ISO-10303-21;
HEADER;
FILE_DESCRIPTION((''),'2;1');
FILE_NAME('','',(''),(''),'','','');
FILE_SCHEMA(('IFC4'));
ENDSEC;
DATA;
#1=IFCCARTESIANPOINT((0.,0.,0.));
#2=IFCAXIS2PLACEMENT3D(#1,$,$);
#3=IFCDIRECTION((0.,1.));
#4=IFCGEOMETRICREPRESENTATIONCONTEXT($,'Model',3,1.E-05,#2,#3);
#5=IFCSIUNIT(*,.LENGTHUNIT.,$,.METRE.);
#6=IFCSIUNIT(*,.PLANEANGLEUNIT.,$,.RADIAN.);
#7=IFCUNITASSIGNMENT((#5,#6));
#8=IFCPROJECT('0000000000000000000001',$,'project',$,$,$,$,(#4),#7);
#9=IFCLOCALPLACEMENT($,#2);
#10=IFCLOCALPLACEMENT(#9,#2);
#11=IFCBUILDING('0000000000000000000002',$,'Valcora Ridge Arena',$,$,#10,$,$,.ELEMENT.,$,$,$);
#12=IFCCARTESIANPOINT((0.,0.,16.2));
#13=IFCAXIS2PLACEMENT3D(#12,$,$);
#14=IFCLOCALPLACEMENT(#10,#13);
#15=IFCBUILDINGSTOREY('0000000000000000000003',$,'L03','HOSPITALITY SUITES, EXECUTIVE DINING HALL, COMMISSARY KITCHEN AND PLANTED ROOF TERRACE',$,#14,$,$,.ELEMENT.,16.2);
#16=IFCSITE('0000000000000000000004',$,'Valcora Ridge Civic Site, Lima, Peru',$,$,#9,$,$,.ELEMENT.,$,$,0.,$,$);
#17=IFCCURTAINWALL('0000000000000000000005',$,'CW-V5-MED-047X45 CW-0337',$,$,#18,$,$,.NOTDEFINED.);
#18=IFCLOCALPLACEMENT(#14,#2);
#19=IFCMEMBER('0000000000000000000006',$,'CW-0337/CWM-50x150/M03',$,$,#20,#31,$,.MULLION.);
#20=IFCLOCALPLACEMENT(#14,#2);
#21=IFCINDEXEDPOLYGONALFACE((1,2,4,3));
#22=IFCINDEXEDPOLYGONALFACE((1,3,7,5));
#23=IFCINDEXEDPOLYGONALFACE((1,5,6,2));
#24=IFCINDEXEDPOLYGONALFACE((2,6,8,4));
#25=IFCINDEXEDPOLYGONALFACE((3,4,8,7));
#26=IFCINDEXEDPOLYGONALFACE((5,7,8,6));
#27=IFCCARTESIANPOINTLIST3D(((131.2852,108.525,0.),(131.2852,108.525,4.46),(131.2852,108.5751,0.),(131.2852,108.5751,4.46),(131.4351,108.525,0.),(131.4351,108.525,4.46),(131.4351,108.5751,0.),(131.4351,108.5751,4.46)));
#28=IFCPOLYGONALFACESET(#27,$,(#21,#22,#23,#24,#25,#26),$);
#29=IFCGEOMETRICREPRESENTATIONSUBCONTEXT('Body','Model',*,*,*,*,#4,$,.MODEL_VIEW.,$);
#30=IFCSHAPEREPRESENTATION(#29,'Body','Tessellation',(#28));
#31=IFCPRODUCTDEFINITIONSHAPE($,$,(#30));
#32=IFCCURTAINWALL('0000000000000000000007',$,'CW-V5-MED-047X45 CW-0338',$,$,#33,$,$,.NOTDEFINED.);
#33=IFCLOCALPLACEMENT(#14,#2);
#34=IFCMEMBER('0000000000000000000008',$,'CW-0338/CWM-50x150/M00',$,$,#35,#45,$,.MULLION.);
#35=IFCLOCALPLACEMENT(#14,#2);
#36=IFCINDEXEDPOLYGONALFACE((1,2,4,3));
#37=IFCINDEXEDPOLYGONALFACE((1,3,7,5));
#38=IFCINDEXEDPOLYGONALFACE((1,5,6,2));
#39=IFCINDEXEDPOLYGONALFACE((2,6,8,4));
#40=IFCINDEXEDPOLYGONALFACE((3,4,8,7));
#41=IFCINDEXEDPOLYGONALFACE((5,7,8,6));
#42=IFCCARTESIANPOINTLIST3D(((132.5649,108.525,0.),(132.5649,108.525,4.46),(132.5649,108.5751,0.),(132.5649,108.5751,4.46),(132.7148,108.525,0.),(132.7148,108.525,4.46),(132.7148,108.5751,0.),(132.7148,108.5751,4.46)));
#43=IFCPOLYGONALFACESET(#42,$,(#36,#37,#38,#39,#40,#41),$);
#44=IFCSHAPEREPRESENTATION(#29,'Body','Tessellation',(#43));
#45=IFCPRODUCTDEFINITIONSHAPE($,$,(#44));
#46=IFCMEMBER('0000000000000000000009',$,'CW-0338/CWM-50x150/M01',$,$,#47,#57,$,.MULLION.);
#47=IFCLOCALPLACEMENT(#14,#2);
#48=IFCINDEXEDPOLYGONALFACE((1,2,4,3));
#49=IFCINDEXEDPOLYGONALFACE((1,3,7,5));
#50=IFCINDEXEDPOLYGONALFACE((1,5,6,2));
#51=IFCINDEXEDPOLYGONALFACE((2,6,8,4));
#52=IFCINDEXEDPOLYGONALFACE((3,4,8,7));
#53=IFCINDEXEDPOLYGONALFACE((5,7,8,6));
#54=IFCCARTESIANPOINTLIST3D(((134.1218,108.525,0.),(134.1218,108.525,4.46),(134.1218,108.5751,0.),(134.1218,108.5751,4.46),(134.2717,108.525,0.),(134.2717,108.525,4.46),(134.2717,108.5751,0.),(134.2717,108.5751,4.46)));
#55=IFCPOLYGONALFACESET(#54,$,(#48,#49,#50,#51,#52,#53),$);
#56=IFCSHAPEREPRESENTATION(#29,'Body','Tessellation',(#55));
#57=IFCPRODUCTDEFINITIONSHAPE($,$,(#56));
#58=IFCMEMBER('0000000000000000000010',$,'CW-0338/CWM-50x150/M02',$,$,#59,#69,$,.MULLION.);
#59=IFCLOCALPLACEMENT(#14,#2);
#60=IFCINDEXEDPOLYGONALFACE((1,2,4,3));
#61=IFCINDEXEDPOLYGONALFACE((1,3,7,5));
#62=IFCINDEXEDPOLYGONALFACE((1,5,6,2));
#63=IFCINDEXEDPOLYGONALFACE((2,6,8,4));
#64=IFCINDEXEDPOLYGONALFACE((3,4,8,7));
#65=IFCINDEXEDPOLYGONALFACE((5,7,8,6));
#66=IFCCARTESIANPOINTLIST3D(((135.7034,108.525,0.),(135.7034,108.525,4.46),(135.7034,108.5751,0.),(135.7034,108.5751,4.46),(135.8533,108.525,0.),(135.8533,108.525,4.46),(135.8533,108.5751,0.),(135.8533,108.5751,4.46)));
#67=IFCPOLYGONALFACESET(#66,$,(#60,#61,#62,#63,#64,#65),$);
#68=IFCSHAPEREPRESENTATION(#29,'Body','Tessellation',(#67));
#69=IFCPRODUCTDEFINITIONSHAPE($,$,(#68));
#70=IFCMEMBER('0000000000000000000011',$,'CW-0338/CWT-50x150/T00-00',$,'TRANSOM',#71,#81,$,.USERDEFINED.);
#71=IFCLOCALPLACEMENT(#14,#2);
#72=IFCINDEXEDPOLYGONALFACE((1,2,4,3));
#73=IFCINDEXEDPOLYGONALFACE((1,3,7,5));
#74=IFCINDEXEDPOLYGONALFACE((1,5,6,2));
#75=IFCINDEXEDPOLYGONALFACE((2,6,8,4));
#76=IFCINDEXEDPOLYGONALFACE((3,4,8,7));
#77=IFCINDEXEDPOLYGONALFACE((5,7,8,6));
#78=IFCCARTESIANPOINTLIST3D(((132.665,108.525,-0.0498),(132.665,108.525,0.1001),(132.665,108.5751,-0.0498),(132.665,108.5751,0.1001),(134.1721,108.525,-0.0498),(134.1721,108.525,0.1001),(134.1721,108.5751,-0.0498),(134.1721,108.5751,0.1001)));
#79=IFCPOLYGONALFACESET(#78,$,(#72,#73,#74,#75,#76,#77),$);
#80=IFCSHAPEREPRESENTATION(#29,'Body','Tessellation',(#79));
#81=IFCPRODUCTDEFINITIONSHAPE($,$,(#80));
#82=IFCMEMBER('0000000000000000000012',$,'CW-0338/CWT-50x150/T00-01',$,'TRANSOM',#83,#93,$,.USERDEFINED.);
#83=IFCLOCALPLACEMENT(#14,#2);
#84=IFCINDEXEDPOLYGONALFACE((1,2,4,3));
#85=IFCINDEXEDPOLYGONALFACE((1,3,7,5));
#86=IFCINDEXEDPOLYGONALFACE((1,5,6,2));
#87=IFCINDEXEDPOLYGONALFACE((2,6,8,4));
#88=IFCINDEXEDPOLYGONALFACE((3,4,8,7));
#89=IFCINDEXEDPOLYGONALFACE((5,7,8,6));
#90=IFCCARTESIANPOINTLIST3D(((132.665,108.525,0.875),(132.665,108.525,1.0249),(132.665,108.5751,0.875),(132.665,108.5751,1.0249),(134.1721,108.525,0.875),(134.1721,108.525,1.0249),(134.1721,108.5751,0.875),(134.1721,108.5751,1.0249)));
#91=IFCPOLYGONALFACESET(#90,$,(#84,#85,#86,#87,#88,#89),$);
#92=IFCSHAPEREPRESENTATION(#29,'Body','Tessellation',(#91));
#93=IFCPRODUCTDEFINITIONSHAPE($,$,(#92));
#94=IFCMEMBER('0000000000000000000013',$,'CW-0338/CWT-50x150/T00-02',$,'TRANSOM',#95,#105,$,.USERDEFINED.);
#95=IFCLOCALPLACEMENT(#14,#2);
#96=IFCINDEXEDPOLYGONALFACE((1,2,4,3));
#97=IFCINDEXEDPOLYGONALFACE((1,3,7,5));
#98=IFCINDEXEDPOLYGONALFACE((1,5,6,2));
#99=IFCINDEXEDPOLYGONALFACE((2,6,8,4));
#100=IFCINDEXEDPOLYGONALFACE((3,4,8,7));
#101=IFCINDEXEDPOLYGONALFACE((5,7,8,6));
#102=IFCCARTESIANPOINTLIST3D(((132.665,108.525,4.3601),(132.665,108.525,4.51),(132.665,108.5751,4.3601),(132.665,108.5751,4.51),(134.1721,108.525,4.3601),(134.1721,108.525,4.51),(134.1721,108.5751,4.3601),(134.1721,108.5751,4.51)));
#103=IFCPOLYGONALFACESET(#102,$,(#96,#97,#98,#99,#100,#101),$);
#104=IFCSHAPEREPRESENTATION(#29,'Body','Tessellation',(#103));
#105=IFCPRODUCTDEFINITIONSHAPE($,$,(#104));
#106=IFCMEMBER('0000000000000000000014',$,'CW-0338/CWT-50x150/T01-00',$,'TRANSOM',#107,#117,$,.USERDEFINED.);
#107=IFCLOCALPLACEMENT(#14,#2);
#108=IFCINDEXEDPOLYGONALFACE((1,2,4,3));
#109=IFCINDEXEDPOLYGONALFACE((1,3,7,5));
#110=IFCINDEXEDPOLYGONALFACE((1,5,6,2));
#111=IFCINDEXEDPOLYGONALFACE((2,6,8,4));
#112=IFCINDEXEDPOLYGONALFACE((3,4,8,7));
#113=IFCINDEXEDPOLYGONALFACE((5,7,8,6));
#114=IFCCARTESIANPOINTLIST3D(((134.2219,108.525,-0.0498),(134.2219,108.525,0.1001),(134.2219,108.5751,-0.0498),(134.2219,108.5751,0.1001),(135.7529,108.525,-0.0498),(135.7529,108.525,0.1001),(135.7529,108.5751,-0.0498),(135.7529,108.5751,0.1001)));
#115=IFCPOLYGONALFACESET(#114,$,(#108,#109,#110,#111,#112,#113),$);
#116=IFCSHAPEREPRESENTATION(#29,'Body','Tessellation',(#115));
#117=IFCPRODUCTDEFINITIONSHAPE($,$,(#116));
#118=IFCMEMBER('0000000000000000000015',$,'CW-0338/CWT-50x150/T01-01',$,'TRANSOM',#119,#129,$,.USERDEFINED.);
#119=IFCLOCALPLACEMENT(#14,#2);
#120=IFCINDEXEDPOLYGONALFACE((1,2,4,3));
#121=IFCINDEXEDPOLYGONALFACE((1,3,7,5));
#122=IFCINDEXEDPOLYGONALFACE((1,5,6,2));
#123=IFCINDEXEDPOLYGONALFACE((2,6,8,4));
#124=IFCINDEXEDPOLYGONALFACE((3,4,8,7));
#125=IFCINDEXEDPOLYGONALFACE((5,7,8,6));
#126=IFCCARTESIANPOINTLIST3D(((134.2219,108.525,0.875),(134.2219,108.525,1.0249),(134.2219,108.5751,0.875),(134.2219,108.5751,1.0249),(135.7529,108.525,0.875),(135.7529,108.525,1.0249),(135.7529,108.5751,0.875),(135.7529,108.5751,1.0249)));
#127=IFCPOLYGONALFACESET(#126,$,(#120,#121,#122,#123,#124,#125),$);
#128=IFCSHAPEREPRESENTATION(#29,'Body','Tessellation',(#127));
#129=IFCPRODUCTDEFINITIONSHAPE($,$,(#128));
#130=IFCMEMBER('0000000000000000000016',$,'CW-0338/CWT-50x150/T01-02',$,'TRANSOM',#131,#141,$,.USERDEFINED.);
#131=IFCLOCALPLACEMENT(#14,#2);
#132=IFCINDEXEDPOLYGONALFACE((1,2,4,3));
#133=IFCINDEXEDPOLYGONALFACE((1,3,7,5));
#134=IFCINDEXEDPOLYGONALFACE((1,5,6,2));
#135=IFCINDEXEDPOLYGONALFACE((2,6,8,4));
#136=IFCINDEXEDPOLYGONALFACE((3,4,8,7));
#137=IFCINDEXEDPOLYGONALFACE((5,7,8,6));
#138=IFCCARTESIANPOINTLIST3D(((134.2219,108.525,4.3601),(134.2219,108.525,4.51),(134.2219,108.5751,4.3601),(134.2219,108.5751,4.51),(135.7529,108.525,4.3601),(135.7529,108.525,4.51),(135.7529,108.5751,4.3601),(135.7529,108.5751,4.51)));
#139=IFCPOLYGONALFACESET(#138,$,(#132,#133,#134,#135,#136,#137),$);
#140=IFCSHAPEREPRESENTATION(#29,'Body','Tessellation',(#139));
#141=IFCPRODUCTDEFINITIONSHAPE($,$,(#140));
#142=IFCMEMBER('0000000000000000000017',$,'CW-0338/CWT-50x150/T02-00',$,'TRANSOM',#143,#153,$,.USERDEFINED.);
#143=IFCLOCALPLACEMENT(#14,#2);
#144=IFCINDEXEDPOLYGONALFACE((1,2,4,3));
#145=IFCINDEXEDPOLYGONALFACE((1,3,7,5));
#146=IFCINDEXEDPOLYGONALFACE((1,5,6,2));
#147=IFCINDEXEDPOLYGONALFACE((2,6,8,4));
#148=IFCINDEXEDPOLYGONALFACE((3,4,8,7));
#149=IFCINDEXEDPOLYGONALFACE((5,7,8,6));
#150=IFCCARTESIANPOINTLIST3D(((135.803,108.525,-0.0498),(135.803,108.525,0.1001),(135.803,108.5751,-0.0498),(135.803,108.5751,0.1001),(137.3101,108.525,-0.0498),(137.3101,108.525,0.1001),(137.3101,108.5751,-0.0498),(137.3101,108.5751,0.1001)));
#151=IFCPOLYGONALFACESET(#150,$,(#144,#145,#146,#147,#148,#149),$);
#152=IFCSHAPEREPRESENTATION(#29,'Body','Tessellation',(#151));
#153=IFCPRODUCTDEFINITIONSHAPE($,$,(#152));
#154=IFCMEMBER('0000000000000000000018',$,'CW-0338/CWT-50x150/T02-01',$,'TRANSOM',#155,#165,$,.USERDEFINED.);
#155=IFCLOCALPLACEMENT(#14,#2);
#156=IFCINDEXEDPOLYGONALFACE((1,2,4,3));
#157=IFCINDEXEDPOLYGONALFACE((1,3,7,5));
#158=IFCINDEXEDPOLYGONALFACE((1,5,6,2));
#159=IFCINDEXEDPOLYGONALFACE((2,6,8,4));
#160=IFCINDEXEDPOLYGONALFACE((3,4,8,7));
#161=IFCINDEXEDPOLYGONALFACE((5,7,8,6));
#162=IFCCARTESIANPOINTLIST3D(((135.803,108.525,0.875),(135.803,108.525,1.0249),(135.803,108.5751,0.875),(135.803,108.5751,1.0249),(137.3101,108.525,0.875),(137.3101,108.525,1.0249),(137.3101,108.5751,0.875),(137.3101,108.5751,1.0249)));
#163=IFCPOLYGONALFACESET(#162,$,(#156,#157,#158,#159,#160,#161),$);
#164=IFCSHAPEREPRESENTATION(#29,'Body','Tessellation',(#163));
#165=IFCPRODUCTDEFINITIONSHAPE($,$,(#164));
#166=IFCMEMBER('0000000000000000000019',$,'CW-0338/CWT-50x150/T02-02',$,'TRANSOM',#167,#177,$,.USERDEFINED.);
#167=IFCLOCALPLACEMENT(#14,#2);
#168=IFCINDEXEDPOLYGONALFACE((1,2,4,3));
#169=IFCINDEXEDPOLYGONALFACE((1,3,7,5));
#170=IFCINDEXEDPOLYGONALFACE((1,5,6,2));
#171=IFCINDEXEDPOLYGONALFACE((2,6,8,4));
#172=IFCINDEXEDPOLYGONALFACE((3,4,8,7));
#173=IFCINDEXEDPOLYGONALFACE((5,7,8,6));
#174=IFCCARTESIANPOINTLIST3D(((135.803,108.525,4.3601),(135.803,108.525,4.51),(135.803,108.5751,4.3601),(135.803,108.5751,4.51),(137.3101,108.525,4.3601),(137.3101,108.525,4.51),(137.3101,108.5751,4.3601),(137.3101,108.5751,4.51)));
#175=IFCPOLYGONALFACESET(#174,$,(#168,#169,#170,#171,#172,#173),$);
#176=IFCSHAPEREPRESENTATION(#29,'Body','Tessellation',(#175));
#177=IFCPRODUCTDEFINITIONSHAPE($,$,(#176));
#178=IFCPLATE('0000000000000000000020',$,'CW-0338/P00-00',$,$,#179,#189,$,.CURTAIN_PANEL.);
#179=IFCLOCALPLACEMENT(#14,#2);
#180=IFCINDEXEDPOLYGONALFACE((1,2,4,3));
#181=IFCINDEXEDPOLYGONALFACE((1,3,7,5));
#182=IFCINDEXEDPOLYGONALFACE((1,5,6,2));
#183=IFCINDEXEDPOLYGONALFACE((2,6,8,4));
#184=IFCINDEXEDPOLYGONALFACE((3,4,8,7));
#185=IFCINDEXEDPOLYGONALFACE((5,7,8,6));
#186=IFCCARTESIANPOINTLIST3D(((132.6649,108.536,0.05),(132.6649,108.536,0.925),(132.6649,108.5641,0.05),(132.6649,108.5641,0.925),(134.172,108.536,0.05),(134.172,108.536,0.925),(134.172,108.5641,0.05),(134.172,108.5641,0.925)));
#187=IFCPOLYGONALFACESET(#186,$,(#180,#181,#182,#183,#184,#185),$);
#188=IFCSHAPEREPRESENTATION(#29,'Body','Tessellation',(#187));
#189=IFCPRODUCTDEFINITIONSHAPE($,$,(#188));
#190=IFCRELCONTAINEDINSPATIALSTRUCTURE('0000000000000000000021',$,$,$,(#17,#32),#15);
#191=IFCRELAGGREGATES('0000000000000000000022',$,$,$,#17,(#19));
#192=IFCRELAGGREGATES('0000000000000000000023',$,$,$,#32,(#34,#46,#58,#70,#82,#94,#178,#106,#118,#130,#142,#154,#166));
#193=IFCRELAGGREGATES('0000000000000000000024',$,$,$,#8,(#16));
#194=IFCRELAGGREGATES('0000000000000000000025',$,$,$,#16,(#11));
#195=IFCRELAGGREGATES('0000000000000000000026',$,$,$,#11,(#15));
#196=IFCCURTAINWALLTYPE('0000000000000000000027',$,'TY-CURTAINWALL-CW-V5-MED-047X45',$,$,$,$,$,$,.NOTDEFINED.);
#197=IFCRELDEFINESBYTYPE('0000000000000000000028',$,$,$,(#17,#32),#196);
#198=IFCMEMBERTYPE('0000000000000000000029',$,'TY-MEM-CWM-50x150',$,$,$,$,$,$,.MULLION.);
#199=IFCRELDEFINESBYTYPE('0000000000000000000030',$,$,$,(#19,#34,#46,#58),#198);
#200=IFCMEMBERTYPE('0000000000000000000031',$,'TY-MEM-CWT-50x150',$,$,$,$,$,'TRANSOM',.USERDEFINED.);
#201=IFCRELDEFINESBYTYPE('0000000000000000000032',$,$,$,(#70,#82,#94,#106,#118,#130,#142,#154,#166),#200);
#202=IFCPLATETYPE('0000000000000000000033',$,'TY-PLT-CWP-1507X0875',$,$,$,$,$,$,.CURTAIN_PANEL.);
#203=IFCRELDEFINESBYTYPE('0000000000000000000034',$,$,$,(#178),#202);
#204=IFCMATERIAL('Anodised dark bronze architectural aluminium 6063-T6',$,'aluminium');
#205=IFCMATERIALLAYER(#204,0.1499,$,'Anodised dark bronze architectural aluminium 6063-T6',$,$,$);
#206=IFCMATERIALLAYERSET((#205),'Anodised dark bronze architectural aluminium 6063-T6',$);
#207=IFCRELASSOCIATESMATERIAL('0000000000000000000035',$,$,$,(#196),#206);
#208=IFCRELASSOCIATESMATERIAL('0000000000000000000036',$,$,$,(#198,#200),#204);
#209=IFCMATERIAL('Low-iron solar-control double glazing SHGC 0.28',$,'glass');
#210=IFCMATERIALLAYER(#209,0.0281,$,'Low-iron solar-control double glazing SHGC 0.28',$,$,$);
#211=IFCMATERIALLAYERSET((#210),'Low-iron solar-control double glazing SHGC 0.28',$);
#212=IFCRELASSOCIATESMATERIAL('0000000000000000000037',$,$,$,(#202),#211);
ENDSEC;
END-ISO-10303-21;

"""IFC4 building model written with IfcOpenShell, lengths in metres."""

from ifc_helpers import new_model, si_unit, direction, frame, origin, origin_2d, place, context, subcontext, project, spatial, rectangle, extrude, material, layer, layer_set, material_profile, profile_set, type_object, element, aggregate, save


model = new_model("IFC4")

# Units and contexts
model_context = context("Model", 3, precision=1e-05, world=origin(), true_north=direction((0.0, 1.0)))
body_context = subcontext(model_context, "Body", "Model", "MODEL_VIEW")
ifc_project = project(units=[si_unit("LENGTHUNIT", "METRE"), si_unit("PLANEANGLEUNIT", "RADIAN")], contexts=[model_context])

# Site, building, storey
site_placement = place(None, origin())
site = spatial("IfcSite", under=ifc_project, at=site_placement, Name="Valcora Ridge Civic Site, Lima, Peru", CompositionType="ELEMENT", RefElevation=0.0)
building_placement = place(site_placement, origin())
building = spatial("IfcBuilding", under=site, at=building_placement, Name="Valcora Ridge Arena", CompositionType="ELEMENT")
storey_placement = place(building_placement, frame((0.0, 0.0, 16.2)))
storey = spatial("IfcBuildingStorey", under=building, at=storey_placement, Name="L03", Description="HOSPITALITY SUITES, EXECUTIVE DINING HALL, COMMISSARY KITCHEN AND PLANTED ROOF TERRACE", CompositionType="ELEMENT", Elevation=16.2)

# Curtain wall, member
ifc_material_1 = material(Name="Anodised dark bronze architectural aluminium 6063-T6", Category="aluminium")
ifc_layer_1 = layer(ifc_material_1, 0.1499, Name="Anodised dark bronze architectural aluminium 6063-T6")
ifc_layer_set_1 = layer_set([ifc_layer_1], Name="Anodised dark bronze architectural aluminium 6063-T6")
curtain_wall_type = type_object("IfcCurtainWallType", Name="TY-CURTAINWALL-CW-V5-MED-047X45", PredefinedType="NOTDEFINED", material=ifc_layer_set_1)
curtain_wall_1_placement = place(storey_placement, origin())
curtain_wall_1 = element("IfcCurtainWall", 1, at=curtain_wall_1_placement, inside=storey, type_object=curtain_wall_type, Name="CW-V5-MED-047X45 CW-0337", PredefinedType="NOTDEFINED")
ifc_material_profile_1 = material_profile(ifc_material_1, rectangle(XDim=0.05, YDim=0.1499, at=origin_2d()), Name="ALU MULLION 50x150")
ifc_profile_set_1 = profile_set([ifc_material_profile_1], Name="Anodised dark bronze architectural aluminium 6063-T6")
member_type_1 = type_object("IfcMemberType", Name="TY-MEM-CWM-50x150", PredefinedType="MULLION", material=ifc_profile_set_1)
member_1_placement = place(storey_placement, frame((131.3601, 108.55, 0.0), z_axis=(0.0, 0.0, 1.0), x_axis=(0.0, 1.0, 0.0)))
member_1 = element("IfcMember", 2, at=member_1_placement, type_object=member_type_1, Name="CW-0337/CWM-50x150/M03", PredefinedType="MULLION", context=body_context, shape_type="SweptSolid", body=[
    extrude(rectangle(XDim=0.05, YDim=0.1499, at=origin_2d()), origin(), (0.0, 0.0, 1.0), 4.46),
])
aggregate(curtain_wall_1, [member_1])

# Curtain wall, members, plate
curtain_wall_2_placement = place(storey_placement, origin())
curtain_wall_2 = element("IfcCurtainWall", 3, at=curtain_wall_2_placement, inside=storey, type_object=curtain_wall_type, Name="CW-V5-MED-047X45 CW-0338", PredefinedType="NOTDEFINED")
member_2_placement = place(storey_placement, frame((132.6399, 108.55, 0.0), z_axis=(0.0, 0.0, 1.0), x_axis=(0.0, 1.0, 0.0)))
member_2 = element("IfcMember", 4, at=member_2_placement, type_object=member_type_1, Name="CW-0338/CWM-50x150/M00", PredefinedType="MULLION", context=body_context, shape_type="SweptSolid", body=[
    extrude(rectangle(XDim=0.05, YDim=0.1499, at=origin_2d()), origin(), (0.0, 0.0, 1.0), 4.46),
])
member_3_placement = place(storey_placement, frame((134.1968, 108.55, 0.0), z_axis=(0.0, 0.0, 1.0), x_axis=(0.0, 1.0, 0.0)))
member_3 = element("IfcMember", 5, at=member_3_placement, type_object=member_type_1, Name="CW-0338/CWM-50x150/M01", PredefinedType="MULLION", context=body_context, shape_type="SweptSolid", body=[
    extrude(rectangle(XDim=0.05, YDim=0.1499, at=origin_2d()), origin(), (0.0, 0.0, 1.0), 4.46),
])
member_4_placement = place(storey_placement, frame((135.7783, 108.55, 0.0), z_axis=(0.0, 0.0, 1.0), x_axis=(0.0, 1.0, 0.0)))
member_4 = element("IfcMember", 6, at=member_4_placement, type_object=member_type_1, Name="CW-0338/CWM-50x150/M02", PredefinedType="MULLION", context=body_context, shape_type="SweptSolid", body=[
    extrude(rectangle(XDim=0.05, YDim=0.1499, at=origin_2d()), origin(), (0.0, 0.0, 1.0), 4.46),
])
ifc_material_profile_2 = material_profile(ifc_material_1, rectangle(XDim=0.05, YDim=0.1499, at=origin_2d()), Name="ALU TRANSOM 50x150")
ifc_profile_set_2 = profile_set([ifc_material_profile_2], Name="Anodised dark bronze architectural aluminium 6063-T6")
member_type_2 = type_object("IfcMemberType", Name="TY-MEM-CWT-50x150", ElementType="TRANSOM", PredefinedType="USERDEFINED", material=ifc_profile_set_2)
member_5_placement = place(storey_placement, frame((132.665, 108.55, 0.0251), z_axis=(1.0, 0.0, 0.0), x_axis=(0.0, 1.0, 0.0)))
member_5 = element("IfcMember", 7, at=member_5_placement, type_object=member_type_2, Name="CW-0338/CWT-50x150/T00-00", ObjectType="TRANSOM", PredefinedType="USERDEFINED", context=body_context, shape_type="SweptSolid", body=[
    extrude(rectangle(XDim=0.05, YDim=0.1499, at=origin_2d()), origin(), (0.0, 0.0, 1.0), 1.5071),
])
member_6_placement = place(storey_placement, frame((132.665, 108.55, 0.95), z_axis=(1.0, 0.0, 0.0), x_axis=(0.0, 1.0, 0.0)))
member_6 = element("IfcMember", 8, at=member_6_placement, type_object=member_type_2, Name="CW-0338/CWT-50x150/T00-01", ObjectType="TRANSOM", PredefinedType="USERDEFINED", context=body_context, shape_type="SweptSolid", body=[
    extrude(rectangle(XDim=0.05, YDim=0.1499, at=origin_2d()), origin(), (0.0, 0.0, 1.0), 1.5071),
])
member_7_placement = place(storey_placement, frame((132.665, 108.55, 4.4351), z_axis=(1.0, 0.0, 0.0), x_axis=(0.0, 1.0, 0.0)))
member_7 = element("IfcMember", 9, at=member_7_placement, type_object=member_type_2, Name="CW-0338/CWT-50x150/T00-02", ObjectType="TRANSOM", PredefinedType="USERDEFINED", context=body_context, shape_type="SweptSolid", body=[
    extrude(rectangle(XDim=0.05, YDim=0.1499, at=origin_2d()), origin(), (0.0, 0.0, 1.0), 1.5071),
])
member_8_placement = place(storey_placement, frame((134.2219, 108.55, 0.0251), z_axis=(1.0, 0.0, 0.0), x_axis=(0.0, 1.0, 0.0)))
member_8 = element("IfcMember", 10, at=member_8_placement, type_object=member_type_2, Name="CW-0338/CWT-50x150/T01-00", ObjectType="TRANSOM", PredefinedType="USERDEFINED", context=body_context, shape_type="SweptSolid", body=[
    extrude(rectangle(XDim=0.05, YDim=0.1499, at=origin_2d()), origin(), (0.0, 0.0, 1.0), 1.531),
])
member_9_placement = place(storey_placement, frame((134.2219, 108.55, 0.95), z_axis=(1.0, 0.0, 0.0), x_axis=(0.0, 1.0, 0.0)))
member_9 = element("IfcMember", 11, at=member_9_placement, type_object=member_type_2, Name="CW-0338/CWT-50x150/T01-01", ObjectType="TRANSOM", PredefinedType="USERDEFINED", context=body_context, shape_type="SweptSolid", body=[
    extrude(rectangle(XDim=0.05, YDim=0.1499, at=origin_2d()), origin(), (0.0, 0.0, 1.0), 1.531),
])
member_10_placement = place(storey_placement, frame((134.2219, 108.55, 4.4351), z_axis=(1.0, 0.0, 0.0), x_axis=(0.0, 1.0, 0.0)))
member_10 = element("IfcMember", 12, at=member_10_placement, type_object=member_type_2, Name="CW-0338/CWT-50x150/T01-02", ObjectType="TRANSOM", PredefinedType="USERDEFINED", context=body_context, shape_type="SweptSolid", body=[
    extrude(rectangle(XDim=0.05, YDim=0.1499, at=origin_2d()), origin(), (0.0, 0.0, 1.0), 1.531),
])
member_11_placement = place(storey_placement, frame((135.803, 108.55, 0.0251), z_axis=(1.0, 0.0, 0.0), x_axis=(0.0, 1.0, 0.0)))
member_11 = element("IfcMember", 13, at=member_11_placement, type_object=member_type_2, Name="CW-0338/CWT-50x150/T02-00", ObjectType="TRANSOM", PredefinedType="USERDEFINED", context=body_context, shape_type="SweptSolid", body=[
    extrude(rectangle(XDim=0.05, YDim=0.1499, at=origin_2d()), origin(), (0.0, 0.0, 1.0), 1.5071),
])
member_12_placement = place(storey_placement, frame((135.803, 108.55, 0.95), z_axis=(1.0, 0.0, 0.0), x_axis=(0.0, 1.0, 0.0)))
member_12 = element("IfcMember", 14, at=member_12_placement, type_object=member_type_2, Name="CW-0338/CWT-50x150/T02-01", ObjectType="TRANSOM", PredefinedType="USERDEFINED", context=body_context, shape_type="SweptSolid", body=[
    extrude(rectangle(XDim=0.05, YDim=0.1499, at=origin_2d()), origin(), (0.0, 0.0, 1.0), 1.5071),
])
member_13_placement = place(storey_placement, frame((135.803, 108.55, 4.4351), z_axis=(1.0, 0.0, 0.0), x_axis=(0.0, 1.0, 0.0)))
member_13 = element("IfcMember", 15, at=member_13_placement, type_object=member_type_2, Name="CW-0338/CWT-50x150/T02-02", ObjectType="TRANSOM", PredefinedType="USERDEFINED", context=body_context, shape_type="SweptSolid", body=[
    extrude(rectangle(XDim=0.05, YDim=0.1499, at=origin_2d()), origin(), (0.0, 0.0, 1.0), 1.5071),
])
ifc_material_2 = material(Name="Low-iron solar-control double glazing SHGC 0.28", Category="glass")
ifc_layer_2 = layer(ifc_material_2, 0.0281, Name="Low-iron solar-control double glazing SHGC 0.28")
ifc_layer_set_2 = layer_set([ifc_layer_2], Name="Low-iron solar-control double glazing SHGC 0.28")
plate_type_1 = type_object("IfcPlateType", Name="TY-PLT-CWP-1507X0875", PredefinedType="CURTAIN_PANEL", material=ifc_layer_set_2)
plate_1_placement = place(storey_placement, frame((133.4185, 108.55, 0.05), z_axis=(0.0, 0.0, 1.0), x_axis=(1.0, 0.0, 0.0)))
plate_1 = element("IfcPlate", 16, at=plate_1_placement, type_object=plate_type_1, Name="CW-0338/P00-00", PredefinedType="CURTAIN_PANEL", context=body_context, shape_type="SweptSolid", body=[
    extrude(rectangle(XDim=1.5071, YDim=0.0281, at=origin_2d()), origin(), (0.0, 0.0, 1.0), 0.875),
])
aggregate(curtain_wall_2, [member_2, member_3, member_4, member_5, member_6, member_7, plate_1, member_8, member_9, member_10, member_11, member_12, member_13])

save(model, "model.ifc")
